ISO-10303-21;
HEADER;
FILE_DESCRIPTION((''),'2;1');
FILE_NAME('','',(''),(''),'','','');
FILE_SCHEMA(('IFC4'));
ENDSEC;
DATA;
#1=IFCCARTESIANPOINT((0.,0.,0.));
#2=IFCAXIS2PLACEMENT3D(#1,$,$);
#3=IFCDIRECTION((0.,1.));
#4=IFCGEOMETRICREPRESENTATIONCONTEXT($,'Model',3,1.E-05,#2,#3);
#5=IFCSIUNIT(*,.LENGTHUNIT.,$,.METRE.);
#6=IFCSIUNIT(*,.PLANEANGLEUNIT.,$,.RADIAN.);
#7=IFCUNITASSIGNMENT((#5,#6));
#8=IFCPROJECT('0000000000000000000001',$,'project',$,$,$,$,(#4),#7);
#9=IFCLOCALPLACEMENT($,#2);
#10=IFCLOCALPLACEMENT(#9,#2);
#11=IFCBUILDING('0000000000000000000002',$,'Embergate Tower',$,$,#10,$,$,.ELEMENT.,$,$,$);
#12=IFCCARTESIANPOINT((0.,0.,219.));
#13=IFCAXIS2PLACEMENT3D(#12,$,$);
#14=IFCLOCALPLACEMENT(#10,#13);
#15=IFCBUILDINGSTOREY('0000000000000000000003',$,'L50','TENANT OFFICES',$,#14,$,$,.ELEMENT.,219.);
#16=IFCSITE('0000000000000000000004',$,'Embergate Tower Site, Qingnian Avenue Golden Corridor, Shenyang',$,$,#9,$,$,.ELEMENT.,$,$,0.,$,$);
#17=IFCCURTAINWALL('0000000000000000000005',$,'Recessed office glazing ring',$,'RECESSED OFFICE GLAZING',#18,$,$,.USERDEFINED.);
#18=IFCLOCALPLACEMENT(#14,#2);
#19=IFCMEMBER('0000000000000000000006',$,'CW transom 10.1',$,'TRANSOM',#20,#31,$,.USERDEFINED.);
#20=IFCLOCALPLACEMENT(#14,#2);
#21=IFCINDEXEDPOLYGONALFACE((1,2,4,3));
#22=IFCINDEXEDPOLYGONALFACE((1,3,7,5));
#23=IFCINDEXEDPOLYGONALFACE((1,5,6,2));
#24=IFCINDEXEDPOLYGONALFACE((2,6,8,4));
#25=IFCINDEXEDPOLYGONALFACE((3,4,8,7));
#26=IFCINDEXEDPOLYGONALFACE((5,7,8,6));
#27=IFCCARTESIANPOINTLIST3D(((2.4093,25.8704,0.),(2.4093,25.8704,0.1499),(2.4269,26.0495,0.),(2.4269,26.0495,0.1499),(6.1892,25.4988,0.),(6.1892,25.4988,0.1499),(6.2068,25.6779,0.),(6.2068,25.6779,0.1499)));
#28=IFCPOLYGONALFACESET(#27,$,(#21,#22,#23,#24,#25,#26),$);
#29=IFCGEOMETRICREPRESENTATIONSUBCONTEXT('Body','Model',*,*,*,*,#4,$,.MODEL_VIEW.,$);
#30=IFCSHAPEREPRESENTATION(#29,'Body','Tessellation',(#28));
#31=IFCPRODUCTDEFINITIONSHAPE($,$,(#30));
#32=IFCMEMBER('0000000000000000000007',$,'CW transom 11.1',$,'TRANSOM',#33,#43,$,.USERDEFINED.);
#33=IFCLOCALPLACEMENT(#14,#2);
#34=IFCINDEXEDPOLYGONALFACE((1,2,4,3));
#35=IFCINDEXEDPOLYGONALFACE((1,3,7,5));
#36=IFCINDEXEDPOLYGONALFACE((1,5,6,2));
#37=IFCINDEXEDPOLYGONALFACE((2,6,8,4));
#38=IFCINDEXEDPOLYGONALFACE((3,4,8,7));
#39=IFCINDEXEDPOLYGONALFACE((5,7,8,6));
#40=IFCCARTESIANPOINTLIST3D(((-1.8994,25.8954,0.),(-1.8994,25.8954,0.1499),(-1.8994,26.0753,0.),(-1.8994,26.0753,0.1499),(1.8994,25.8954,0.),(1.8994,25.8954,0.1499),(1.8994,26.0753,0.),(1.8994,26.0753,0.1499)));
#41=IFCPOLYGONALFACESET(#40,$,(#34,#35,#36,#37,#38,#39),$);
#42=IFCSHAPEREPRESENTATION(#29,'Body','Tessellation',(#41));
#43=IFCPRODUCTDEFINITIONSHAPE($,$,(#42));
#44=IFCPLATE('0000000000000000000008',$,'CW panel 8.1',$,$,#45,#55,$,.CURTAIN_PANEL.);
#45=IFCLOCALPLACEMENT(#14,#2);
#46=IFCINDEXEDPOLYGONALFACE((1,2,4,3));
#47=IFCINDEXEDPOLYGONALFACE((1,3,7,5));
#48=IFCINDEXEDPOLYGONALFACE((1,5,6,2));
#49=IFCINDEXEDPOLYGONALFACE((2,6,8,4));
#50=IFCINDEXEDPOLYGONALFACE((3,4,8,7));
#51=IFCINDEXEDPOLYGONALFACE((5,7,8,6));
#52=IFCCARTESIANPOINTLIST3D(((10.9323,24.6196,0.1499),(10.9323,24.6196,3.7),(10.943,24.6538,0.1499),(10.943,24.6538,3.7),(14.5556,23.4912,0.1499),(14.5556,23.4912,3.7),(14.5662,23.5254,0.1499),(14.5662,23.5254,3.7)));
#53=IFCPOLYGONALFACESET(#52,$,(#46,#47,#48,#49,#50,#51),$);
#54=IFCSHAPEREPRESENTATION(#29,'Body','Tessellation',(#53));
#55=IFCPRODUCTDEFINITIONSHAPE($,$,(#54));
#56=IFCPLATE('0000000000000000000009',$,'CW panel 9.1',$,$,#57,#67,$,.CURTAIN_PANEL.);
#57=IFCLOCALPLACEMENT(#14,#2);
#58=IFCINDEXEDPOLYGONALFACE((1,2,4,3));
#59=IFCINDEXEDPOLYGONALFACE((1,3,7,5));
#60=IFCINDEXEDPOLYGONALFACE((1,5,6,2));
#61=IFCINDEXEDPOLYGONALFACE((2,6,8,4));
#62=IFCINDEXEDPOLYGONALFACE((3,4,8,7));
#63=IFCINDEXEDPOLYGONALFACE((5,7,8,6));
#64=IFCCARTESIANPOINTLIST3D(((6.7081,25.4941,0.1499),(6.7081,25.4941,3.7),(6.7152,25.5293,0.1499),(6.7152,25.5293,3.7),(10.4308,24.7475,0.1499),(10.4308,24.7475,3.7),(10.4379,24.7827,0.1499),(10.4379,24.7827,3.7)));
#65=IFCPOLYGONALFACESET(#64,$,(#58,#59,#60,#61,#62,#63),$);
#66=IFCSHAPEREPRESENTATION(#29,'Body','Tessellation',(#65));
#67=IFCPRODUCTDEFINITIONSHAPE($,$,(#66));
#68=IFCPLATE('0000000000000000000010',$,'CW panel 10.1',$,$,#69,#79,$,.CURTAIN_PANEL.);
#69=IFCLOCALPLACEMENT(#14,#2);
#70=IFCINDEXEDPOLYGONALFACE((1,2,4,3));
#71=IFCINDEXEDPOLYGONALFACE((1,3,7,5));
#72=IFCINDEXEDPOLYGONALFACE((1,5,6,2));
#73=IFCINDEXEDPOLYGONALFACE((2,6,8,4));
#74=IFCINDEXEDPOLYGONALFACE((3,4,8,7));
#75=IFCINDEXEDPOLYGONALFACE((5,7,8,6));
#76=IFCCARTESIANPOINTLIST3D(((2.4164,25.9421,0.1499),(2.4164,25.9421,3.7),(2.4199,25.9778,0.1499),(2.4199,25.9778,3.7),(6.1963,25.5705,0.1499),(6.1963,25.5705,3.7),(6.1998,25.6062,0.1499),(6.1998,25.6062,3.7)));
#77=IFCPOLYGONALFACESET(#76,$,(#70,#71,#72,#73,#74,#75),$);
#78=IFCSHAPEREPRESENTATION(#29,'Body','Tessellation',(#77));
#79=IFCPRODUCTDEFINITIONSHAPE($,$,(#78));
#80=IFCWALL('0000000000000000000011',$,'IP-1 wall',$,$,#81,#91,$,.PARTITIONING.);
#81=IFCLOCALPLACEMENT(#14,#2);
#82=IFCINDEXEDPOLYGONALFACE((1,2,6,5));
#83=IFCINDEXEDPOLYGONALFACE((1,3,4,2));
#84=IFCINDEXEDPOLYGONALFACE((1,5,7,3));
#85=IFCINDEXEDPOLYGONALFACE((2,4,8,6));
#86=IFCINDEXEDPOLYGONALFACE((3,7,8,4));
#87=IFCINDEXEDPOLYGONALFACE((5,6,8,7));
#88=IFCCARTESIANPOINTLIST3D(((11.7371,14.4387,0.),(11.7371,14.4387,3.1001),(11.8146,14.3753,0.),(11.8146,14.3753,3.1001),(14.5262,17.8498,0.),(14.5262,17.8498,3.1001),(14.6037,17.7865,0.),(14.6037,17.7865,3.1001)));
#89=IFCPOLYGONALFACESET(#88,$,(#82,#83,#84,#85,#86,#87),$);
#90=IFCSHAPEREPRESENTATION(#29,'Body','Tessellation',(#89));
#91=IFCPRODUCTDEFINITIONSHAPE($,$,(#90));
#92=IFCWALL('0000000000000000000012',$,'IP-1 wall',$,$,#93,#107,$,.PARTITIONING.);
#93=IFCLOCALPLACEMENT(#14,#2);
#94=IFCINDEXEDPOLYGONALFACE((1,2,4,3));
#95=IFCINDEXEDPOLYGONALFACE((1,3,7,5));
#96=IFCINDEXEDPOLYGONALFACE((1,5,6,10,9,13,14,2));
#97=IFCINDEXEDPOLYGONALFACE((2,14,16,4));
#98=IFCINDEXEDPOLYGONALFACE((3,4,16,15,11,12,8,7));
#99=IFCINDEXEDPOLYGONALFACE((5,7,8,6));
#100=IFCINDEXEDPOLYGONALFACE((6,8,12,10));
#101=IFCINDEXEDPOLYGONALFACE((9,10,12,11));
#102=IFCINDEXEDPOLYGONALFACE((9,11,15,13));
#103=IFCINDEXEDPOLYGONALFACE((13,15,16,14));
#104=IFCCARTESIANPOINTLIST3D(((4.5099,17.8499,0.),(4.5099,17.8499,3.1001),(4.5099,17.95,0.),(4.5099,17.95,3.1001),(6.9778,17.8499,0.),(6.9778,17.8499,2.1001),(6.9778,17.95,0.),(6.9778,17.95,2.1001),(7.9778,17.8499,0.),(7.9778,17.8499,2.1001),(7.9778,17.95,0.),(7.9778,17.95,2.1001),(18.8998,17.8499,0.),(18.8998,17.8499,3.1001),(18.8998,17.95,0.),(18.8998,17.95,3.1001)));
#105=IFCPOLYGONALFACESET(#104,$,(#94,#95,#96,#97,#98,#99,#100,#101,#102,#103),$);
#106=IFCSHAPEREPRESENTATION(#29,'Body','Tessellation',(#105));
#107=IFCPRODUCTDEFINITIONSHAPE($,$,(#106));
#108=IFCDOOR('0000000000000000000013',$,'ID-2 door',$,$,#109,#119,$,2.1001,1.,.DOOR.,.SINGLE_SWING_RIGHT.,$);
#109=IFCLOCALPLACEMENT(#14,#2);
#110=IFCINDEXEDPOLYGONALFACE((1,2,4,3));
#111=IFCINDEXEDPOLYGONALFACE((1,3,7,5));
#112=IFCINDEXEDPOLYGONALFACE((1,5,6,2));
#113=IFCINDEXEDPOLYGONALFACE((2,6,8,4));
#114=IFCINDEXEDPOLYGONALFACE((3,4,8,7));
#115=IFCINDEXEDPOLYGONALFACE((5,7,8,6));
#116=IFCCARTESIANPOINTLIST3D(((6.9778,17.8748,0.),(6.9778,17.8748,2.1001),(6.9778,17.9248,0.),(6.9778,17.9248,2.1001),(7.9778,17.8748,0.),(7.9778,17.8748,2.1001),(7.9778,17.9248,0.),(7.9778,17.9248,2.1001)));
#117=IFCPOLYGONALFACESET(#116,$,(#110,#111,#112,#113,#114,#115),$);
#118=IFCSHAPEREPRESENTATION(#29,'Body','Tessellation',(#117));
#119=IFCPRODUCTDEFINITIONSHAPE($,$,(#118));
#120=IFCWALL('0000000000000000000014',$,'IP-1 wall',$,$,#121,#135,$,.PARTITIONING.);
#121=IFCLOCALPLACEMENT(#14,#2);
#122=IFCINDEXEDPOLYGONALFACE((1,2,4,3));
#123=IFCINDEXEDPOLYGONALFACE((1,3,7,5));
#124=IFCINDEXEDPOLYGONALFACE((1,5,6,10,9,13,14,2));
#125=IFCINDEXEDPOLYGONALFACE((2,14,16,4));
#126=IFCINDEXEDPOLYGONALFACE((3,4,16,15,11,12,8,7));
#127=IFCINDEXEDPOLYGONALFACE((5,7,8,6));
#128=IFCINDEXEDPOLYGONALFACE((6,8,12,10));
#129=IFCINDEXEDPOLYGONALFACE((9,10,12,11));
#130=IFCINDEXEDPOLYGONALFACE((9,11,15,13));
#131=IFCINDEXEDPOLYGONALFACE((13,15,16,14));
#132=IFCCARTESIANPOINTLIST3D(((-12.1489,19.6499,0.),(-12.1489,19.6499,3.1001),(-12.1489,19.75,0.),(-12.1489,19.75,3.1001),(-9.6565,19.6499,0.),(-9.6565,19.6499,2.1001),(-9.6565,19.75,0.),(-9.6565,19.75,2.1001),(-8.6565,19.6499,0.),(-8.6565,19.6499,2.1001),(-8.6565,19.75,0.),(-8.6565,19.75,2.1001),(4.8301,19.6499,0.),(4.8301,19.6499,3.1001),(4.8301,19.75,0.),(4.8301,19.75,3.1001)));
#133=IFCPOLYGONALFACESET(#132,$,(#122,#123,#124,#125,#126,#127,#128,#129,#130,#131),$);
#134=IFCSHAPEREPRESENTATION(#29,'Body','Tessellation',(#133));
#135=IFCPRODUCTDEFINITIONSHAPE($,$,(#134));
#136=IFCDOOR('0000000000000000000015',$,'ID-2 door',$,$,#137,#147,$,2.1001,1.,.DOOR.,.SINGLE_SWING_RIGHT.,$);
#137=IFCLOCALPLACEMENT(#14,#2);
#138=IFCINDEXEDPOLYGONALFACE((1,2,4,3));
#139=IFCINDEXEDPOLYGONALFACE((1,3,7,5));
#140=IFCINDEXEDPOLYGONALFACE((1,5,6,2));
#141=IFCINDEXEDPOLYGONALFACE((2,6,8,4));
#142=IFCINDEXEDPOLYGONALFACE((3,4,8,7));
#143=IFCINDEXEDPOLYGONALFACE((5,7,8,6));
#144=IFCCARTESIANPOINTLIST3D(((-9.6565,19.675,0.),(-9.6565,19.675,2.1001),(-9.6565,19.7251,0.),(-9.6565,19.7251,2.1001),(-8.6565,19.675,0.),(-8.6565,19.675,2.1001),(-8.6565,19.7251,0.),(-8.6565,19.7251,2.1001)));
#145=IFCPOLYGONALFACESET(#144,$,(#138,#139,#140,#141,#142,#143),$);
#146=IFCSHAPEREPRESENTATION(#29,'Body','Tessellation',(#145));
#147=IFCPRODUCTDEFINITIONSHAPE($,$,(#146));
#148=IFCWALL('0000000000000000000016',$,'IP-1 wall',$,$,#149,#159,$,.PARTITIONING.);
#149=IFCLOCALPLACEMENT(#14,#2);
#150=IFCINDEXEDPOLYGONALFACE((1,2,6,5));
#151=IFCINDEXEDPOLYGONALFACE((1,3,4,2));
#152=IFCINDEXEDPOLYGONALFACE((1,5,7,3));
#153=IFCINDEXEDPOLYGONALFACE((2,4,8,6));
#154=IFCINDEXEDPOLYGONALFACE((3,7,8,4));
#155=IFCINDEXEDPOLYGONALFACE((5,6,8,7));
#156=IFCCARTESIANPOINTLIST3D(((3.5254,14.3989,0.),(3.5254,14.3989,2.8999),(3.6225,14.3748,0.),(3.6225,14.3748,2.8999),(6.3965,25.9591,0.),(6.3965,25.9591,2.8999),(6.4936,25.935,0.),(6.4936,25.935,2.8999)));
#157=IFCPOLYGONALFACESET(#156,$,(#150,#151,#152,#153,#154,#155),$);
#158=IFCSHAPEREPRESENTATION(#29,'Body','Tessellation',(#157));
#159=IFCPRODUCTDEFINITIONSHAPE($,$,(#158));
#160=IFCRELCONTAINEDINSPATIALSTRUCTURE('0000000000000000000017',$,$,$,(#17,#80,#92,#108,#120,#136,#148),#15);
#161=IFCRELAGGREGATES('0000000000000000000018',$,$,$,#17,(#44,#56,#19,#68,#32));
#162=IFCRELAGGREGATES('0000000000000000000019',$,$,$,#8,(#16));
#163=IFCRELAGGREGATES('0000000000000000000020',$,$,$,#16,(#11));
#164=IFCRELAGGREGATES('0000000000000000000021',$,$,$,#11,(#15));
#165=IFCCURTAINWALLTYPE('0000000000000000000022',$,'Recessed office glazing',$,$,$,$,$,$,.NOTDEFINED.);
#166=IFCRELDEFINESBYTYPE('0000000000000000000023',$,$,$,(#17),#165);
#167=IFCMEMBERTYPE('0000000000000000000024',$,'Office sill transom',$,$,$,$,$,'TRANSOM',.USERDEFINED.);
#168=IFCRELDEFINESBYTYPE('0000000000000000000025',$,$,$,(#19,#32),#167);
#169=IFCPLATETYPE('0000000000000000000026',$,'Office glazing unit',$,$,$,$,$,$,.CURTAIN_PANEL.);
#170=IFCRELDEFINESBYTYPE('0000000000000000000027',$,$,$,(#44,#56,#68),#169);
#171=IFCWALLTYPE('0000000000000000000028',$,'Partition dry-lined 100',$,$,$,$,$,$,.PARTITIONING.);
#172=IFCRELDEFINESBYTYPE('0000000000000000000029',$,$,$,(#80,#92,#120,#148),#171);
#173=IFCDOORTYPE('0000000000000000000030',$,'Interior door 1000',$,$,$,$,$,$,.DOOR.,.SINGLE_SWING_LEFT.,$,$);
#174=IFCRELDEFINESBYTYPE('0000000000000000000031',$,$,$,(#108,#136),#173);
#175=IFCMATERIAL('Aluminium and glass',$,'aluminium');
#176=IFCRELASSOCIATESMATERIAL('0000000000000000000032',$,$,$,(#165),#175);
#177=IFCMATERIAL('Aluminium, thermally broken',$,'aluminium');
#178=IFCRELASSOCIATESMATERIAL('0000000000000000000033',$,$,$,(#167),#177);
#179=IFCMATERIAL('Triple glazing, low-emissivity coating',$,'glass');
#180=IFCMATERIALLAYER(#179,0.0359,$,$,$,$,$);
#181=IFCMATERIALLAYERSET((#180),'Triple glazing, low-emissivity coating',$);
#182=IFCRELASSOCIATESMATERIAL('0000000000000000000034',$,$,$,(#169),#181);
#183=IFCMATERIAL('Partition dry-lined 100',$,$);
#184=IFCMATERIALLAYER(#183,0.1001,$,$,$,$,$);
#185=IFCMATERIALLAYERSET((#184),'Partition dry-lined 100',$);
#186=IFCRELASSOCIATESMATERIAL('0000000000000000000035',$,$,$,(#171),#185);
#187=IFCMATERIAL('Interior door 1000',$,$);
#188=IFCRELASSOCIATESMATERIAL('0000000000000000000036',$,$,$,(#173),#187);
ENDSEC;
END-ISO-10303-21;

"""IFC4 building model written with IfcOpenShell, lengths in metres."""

from ifc_helpers import new_model, si_unit, direction, frame, frame_2d, origin, origin_2d, place, context, subcontext, project, spatial, rectangle, extrude, source, transform, mapped, material, layer, layer_set, material_profile, profile_set, type_object, element, fill, aggregate, save


model = new_model("IFC4")

# Units and contexts
model_context = context("Model", 3, precision=1e-05, world=origin(), true_north=direction((0.0, 1.0)))
body_context = subcontext(model_context, "Body", "Model", "MODEL_VIEW")
ifc_project = project(units=[si_unit("LENGTHUNIT", "METRE"), si_unit("PLANEANGLEUNIT", "RADIAN")], contexts=[model_context])

# Site, building, storey
site_placement = place(None, origin())
site = spatial("IfcSite", under=ifc_project, at=site_placement, Name="Embergate Tower Site, Qingnian Avenue Golden Corridor, Shenyang", CompositionType="ELEMENT", RefElevation=0.0)
building_placement = place(site_placement, origin())
building = spatial("IfcBuilding", under=site, at=building_placement, Name="Embergate Tower", CompositionType="ELEMENT")
storey_placement = place(building_placement, frame((0.0, 0.0, 219.0)))
storey = spatial("IfcBuildingStorey", under=building, at=storey_placement, Name="L50", Description="TENANT OFFICES", CompositionType="ELEMENT", Elevation=219.0)

# Curtain wall, members, plates
ifc_material_1 = material(Name="Aluminium and glass", Category="aluminium")
curtain_wall_type = type_object("IfcCurtainWallType", Name="Recessed office glazing", PredefinedType="NOTDEFINED", material=ifc_material_1)
curtain_wall_placement = place(storey_placement, origin())
curtain_wall = element("IfcCurtainWall", 1, at=curtain_wall_placement, inside=storey, type_object=curtain_wall_type, Name="Recessed office glazing ring", ObjectType="RECESSED OFFICE GLAZING", PredefinedType="USERDEFINED")
ifc_material_2 = material(Name="Aluminium, thermally broken", Category="aluminium")
ifc_material_profile_1 = material_profile(ifc_material_2, rectangle(XDim=0.1799, YDim=0.1499, at=origin_2d()), Name="AL 150x180")
ifc_profile_set_1 = profile_set([ifc_material_profile_1], Name="Aluminium, thermally broken")
member_type_1 = type_object("IfcMemberType", Name="Office sill transom", ElementType="TRANSOM", PredefinedType="USERDEFINED", material=ifc_profile_set_1)
shared_shape_1 = source(origin(), body_context, "Body", "SweptSolid", [
    extrude(rectangle(XDim=0.1799, YDim=0.1499, at=origin_2d()), origin(), (0.0, 0.0, 1.0), 3.7981),
])
member_1_placement = place(storey_placement, frame((6.198, 25.5884, 0.075), z_axis=(-0.995203, 0.097836, 0.0), x_axis=(-0.097836, -0.995203, 0.0)))
member_1 = element("IfcMember", 2, at=member_1_placement, type_object=member_type_1, Name="CW transom 10.1", ObjectType="TRANSOM", PredefinedType="USERDEFINED", context=body_context, shape_type="MappedRepresentation", body=[
    mapped(shared_shape_1, transform((0.0, 0.0, 0.0))),
])
shared_shape_2 = source(origin(), body_context, "Body", "SweptSolid", [
    extrude(rectangle(XDim=0.1799, YDim=0.1499, at=origin_2d()), origin(), (0.0, 0.0, 1.0), 3.7988),
])
member_2_placement = place(storey_placement, frame((1.8994, 25.9854, 0.075), z_axis=(-1.0, 0.0, 0.0), x_axis=(0.0, -1.0, 0.0)))
member_2 = element("IfcMember", 3, at=member_2_placement, type_object=member_type_1, Name="CW transom 11.1", ObjectType="TRANSOM", PredefinedType="USERDEFINED", context=body_context, shape_type="MappedRepresentation", body=[
    mapped(shared_shape_2, transform((0.0, 0.0, 0.0))),
])
ifc_material_3 = material(Name="Triple glazing, low-emissivity coating", Category="glass")
ifc_layer_1 = layer(ifc_material_3, 0.0359)
ifc_layer_set_1 = layer_set([ifc_layer_1], Name="Triple glazing, low-emissivity coating")
plate_type = type_object("IfcPlateType", Name="Office glazing unit", PredefinedType="CURTAIN_PANEL", material=ifc_layer_set_1)
shared_shape_3 = source(origin(), body_context, "Body", "SweptSolid", [
    extrude(rectangle(XDim=3.7949, YDim=0.0359, at=origin_2d()), origin(), (0.0, 0.0, 1.0), 3.55),
])
plate_1_placement = place(storey_placement, frame((12.7493, 24.0725, 0.1499), z_axis=(0.0, 0.0, 1.0), x_axis=(-0.954771, 0.297343, 0.0)))
plate_1 = element("IfcPlate", 4, at=plate_1_placement, type_object=plate_type, Name="CW panel 8.1", PredefinedType="CURTAIN_PANEL", context=body_context, shape_type="MappedRepresentation", body=[
    mapped(shared_shape_3, transform((0.0, 0.0, 0.0))),
])
shared_shape_4 = source(origin(), body_context, "Body", "SweptSolid", [
    extrude(rectangle(XDim=3.7969, YDim=0.0359, at=origin_2d()), origin(), (0.0, 0.0, 1.0), 3.55),
])
plate_2_placement = place(storey_placement, frame((8.573, 25.1384, 0.1499), z_axis=(0.0, 0.0, 1.0), x_axis=(-0.980475, 0.196643, 0.0)))
plate_2 = element("IfcPlate", 5, at=plate_2_placement, type_object=plate_type, Name="CW panel 9.1", PredefinedType="CURTAIN_PANEL", context=body_context, shape_type="MappedRepresentation", body=[
    mapped(shared_shape_4, transform((0.0, 0.0, 0.0))),
])
shared_shape_5 = source(origin(), body_context, "Body", "SweptSolid", [
    extrude(rectangle(XDim=3.7981, YDim=0.0359, at=origin_2d()), origin(), (0.0, 0.0, 1.0), 3.55),
])
plate_3_placement = place(storey_placement, frame((4.3081, 25.7742, 0.1499), z_axis=(0.0, 0.0, 1.0), x_axis=(-0.995203, 0.097831, 0.0)))
plate_3 = element("IfcPlate", 6, at=plate_3_placement, type_object=plate_type, Name="CW panel 10.1", PredefinedType="CURTAIN_PANEL", context=body_context, shape_type="MappedRepresentation", body=[
    mapped(shared_shape_5, transform((0.0, 0.0, 0.0))),
])
aggregate(curtain_wall, [plate_1, plate_2, member_1, plate_3, member_2])

# Wall
ifc_material_4 = material(Name="Partition dry-lined 100")
ifc_layer_2 = layer(ifc_material_4, 0.1001)
ifc_layer_set_2 = layer_set([ifc_layer_2], Name="Partition dry-lined 100")
wall_type = type_object("IfcWallType", Name="Partition dry-lined 100", PredefinedType="PARTITIONING", material=ifc_layer_set_2)
shared_shape_6 = source(origin(), body_context, "Body", "SweptSolid", [
    extrude(rectangle(XDim=4.4062, YDim=0.1001, at=frame_2d((2.2031, 0.0))), origin(), (0.0, 0.0, 1.0), 3.1001),
])
wall_1_placement = place(storey_placement, frame((11.7759, 14.407, 0.0), z_axis=(0.0, 0.0, 1.0), x_axis=(0.632984, 0.774165, 0.0)))
element("IfcWall", 7, at=wall_1_placement, inside=storey, type_object=wall_type, Name="IP-1 wall", PredefinedType="PARTITIONING", context=body_context, shape_type="MappedRepresentation", body=[
    mapped(shared_shape_6, transform((0.0, 0.0, 0.0))),
])

# Walls, openings, doors
shared_shape_7 = source(origin(), body_context, "Body", "SweptSolid", [
    extrude(rectangle(XDim=14.3899, YDim=0.1001, at=frame_2d((7.1948, 0.0))), origin(), (0.0, 0.0, 1.0), 3.1001),
])
wall_2_placement = place(storey_placement, frame((4.51, 17.8999, 0.0), z_axis=(0.0, 0.0, 1.0), x_axis=(1.0, 0.0, 0.0)))
wall_2 = element("IfcWall", 8, at=wall_2_placement, inside=storey, type_object=wall_type, Name="IP-1 wall", PredefinedType="PARTITIONING", context=body_context, shape_type="MappedRepresentation", body=[
    mapped(shared_shape_7, transform((0.0, 0.0, 0.0))),
])
shared_shape_8 = source(origin(), body_context, "Body", "SweptSolid", [
    extrude(rectangle(XDim=1.0, YDim=2.1001, at=frame_2d((0.5, 1.05))), frame((0.0, 0.0601, 0.0), z_axis=(0.0, -1.0, 0.0), x_axis=(1.0, 0.0, 0.0)), (0.0, 0.0, 1.0), 0.1201),
])
opening_1_placement = place(wall_2_placement, frame((2.4678, 0.0, 0.0)))
opening_1 = element("IfcOpeningElement", 9, at=opening_1_placement, cuts=wall_2, PredefinedType="OPENING", context=body_context, shape_type="MappedRepresentation", body=[
    mapped(shared_shape_8, transform((0.0, 0.0, 0.0))),
])
ifc_material_5 = material(Name="Interior door 1000")
door_type = type_object("IfcDoorType", Name="Interior door 1000", OperationType="SINGLE_SWING_LEFT", PredefinedType="DOOR", material=ifc_material_5)
shared_shape_9 = source(origin(), body_context, "Body", "SweptSolid", [
    extrude(rectangle(XDim=1.0, YDim=2.1001, at=frame_2d((0.5, 1.05))), frame((0.0, 0.0249, 0.0), z_axis=(0.0, -1.0, 0.0), x_axis=(1.0, 0.0, 0.0)), (0.0, 0.0, 1.0), 0.05),
])
door_1_placement = place(opening_1_placement, origin())
door_1 = element("IfcDoor", 10, at=door_1_placement, inside=storey, type_object=door_type, Name="ID-2 door", OperationType="SINGLE_SWING_RIGHT", OverallHeight=2.1001, OverallWidth=1.0, PredefinedType="DOOR", context=body_context, shape_type="MappedRepresentation", body=[
    mapped(shared_shape_9, transform((0.0, 0.0, 0.0))),
])
fill(opening_1, door_1)
shared_shape_10 = source(origin(), body_context, "Body", "SweptSolid", [
    extrude(rectangle(XDim=16.979, YDim=0.1001, at=frame_2d((8.4895, 0.0))), origin(), (0.0, 0.0, 1.0), 3.1001),
])
wall_3_placement = place(storey_placement, frame((4.8301, 19.7, 0.0), z_axis=(0.0, 0.0, 1.0), x_axis=(-1.0, 0.0, 0.0)))
wall_3 = element("IfcWall", 11, at=wall_3_placement, inside=storey, type_object=wall_type, Name="IP-1 wall", PredefinedType="PARTITIONING", context=body_context, shape_type="MappedRepresentation", body=[
    mapped(shared_shape_10, transform((0.0, 0.0, 0.0))),
])
opening_2_placement = place(wall_3_placement, frame((13.4866, 0.0, 0.0)))
opening_2 = element("IfcOpeningElement", 12, at=opening_2_placement, cuts=wall_3, PredefinedType="OPENING", context=body_context, shape_type="MappedRepresentation", body=[
    mapped(shared_shape_8, transform((0.0, 0.0, 0.0))),
])
door_2_placement = place(opening_2_placement, origin())
door_2 = element("IfcDoor", 13, at=door_2_placement, inside=storey, type_object=door_type, Name="ID-2 door", OperationType="SINGLE_SWING_RIGHT", OverallHeight=2.1001, OverallWidth=1.0, PredefinedType="DOOR", context=body_context, shape_type="MappedRepresentation", body=[
    mapped(shared_shape_9, transform((0.0, 0.0, 0.0))),
])
fill(opening_2, door_2)

# Wall
shared_shape_11 = source(origin(), body_context, "Body", "SweptSolid", [
    extrude(rectangle(XDim=11.9114, YDim=0.1001, at=frame_2d((5.9556, 0.0))), origin(), (0.0, 0.0, 1.0), 2.8999),
])
wall_4_placement = place(storey_placement, frame((3.574, 14.387, 0.0), z_axis=(0.0, 0.0, 1.0), x_axis=(0.24104, 0.970515, 0.0)))
element("IfcWall", 14, at=wall_4_placement, inside=storey, type_object=wall_type, Name="IP-1 wall", PredefinedType="PARTITIONING", context=body_context, shape_type="MappedRepresentation", body=[
    mapped(shared_shape_11, transform((0.0, 0.0, 0.0))),
])

save(model, "model.ifc")
